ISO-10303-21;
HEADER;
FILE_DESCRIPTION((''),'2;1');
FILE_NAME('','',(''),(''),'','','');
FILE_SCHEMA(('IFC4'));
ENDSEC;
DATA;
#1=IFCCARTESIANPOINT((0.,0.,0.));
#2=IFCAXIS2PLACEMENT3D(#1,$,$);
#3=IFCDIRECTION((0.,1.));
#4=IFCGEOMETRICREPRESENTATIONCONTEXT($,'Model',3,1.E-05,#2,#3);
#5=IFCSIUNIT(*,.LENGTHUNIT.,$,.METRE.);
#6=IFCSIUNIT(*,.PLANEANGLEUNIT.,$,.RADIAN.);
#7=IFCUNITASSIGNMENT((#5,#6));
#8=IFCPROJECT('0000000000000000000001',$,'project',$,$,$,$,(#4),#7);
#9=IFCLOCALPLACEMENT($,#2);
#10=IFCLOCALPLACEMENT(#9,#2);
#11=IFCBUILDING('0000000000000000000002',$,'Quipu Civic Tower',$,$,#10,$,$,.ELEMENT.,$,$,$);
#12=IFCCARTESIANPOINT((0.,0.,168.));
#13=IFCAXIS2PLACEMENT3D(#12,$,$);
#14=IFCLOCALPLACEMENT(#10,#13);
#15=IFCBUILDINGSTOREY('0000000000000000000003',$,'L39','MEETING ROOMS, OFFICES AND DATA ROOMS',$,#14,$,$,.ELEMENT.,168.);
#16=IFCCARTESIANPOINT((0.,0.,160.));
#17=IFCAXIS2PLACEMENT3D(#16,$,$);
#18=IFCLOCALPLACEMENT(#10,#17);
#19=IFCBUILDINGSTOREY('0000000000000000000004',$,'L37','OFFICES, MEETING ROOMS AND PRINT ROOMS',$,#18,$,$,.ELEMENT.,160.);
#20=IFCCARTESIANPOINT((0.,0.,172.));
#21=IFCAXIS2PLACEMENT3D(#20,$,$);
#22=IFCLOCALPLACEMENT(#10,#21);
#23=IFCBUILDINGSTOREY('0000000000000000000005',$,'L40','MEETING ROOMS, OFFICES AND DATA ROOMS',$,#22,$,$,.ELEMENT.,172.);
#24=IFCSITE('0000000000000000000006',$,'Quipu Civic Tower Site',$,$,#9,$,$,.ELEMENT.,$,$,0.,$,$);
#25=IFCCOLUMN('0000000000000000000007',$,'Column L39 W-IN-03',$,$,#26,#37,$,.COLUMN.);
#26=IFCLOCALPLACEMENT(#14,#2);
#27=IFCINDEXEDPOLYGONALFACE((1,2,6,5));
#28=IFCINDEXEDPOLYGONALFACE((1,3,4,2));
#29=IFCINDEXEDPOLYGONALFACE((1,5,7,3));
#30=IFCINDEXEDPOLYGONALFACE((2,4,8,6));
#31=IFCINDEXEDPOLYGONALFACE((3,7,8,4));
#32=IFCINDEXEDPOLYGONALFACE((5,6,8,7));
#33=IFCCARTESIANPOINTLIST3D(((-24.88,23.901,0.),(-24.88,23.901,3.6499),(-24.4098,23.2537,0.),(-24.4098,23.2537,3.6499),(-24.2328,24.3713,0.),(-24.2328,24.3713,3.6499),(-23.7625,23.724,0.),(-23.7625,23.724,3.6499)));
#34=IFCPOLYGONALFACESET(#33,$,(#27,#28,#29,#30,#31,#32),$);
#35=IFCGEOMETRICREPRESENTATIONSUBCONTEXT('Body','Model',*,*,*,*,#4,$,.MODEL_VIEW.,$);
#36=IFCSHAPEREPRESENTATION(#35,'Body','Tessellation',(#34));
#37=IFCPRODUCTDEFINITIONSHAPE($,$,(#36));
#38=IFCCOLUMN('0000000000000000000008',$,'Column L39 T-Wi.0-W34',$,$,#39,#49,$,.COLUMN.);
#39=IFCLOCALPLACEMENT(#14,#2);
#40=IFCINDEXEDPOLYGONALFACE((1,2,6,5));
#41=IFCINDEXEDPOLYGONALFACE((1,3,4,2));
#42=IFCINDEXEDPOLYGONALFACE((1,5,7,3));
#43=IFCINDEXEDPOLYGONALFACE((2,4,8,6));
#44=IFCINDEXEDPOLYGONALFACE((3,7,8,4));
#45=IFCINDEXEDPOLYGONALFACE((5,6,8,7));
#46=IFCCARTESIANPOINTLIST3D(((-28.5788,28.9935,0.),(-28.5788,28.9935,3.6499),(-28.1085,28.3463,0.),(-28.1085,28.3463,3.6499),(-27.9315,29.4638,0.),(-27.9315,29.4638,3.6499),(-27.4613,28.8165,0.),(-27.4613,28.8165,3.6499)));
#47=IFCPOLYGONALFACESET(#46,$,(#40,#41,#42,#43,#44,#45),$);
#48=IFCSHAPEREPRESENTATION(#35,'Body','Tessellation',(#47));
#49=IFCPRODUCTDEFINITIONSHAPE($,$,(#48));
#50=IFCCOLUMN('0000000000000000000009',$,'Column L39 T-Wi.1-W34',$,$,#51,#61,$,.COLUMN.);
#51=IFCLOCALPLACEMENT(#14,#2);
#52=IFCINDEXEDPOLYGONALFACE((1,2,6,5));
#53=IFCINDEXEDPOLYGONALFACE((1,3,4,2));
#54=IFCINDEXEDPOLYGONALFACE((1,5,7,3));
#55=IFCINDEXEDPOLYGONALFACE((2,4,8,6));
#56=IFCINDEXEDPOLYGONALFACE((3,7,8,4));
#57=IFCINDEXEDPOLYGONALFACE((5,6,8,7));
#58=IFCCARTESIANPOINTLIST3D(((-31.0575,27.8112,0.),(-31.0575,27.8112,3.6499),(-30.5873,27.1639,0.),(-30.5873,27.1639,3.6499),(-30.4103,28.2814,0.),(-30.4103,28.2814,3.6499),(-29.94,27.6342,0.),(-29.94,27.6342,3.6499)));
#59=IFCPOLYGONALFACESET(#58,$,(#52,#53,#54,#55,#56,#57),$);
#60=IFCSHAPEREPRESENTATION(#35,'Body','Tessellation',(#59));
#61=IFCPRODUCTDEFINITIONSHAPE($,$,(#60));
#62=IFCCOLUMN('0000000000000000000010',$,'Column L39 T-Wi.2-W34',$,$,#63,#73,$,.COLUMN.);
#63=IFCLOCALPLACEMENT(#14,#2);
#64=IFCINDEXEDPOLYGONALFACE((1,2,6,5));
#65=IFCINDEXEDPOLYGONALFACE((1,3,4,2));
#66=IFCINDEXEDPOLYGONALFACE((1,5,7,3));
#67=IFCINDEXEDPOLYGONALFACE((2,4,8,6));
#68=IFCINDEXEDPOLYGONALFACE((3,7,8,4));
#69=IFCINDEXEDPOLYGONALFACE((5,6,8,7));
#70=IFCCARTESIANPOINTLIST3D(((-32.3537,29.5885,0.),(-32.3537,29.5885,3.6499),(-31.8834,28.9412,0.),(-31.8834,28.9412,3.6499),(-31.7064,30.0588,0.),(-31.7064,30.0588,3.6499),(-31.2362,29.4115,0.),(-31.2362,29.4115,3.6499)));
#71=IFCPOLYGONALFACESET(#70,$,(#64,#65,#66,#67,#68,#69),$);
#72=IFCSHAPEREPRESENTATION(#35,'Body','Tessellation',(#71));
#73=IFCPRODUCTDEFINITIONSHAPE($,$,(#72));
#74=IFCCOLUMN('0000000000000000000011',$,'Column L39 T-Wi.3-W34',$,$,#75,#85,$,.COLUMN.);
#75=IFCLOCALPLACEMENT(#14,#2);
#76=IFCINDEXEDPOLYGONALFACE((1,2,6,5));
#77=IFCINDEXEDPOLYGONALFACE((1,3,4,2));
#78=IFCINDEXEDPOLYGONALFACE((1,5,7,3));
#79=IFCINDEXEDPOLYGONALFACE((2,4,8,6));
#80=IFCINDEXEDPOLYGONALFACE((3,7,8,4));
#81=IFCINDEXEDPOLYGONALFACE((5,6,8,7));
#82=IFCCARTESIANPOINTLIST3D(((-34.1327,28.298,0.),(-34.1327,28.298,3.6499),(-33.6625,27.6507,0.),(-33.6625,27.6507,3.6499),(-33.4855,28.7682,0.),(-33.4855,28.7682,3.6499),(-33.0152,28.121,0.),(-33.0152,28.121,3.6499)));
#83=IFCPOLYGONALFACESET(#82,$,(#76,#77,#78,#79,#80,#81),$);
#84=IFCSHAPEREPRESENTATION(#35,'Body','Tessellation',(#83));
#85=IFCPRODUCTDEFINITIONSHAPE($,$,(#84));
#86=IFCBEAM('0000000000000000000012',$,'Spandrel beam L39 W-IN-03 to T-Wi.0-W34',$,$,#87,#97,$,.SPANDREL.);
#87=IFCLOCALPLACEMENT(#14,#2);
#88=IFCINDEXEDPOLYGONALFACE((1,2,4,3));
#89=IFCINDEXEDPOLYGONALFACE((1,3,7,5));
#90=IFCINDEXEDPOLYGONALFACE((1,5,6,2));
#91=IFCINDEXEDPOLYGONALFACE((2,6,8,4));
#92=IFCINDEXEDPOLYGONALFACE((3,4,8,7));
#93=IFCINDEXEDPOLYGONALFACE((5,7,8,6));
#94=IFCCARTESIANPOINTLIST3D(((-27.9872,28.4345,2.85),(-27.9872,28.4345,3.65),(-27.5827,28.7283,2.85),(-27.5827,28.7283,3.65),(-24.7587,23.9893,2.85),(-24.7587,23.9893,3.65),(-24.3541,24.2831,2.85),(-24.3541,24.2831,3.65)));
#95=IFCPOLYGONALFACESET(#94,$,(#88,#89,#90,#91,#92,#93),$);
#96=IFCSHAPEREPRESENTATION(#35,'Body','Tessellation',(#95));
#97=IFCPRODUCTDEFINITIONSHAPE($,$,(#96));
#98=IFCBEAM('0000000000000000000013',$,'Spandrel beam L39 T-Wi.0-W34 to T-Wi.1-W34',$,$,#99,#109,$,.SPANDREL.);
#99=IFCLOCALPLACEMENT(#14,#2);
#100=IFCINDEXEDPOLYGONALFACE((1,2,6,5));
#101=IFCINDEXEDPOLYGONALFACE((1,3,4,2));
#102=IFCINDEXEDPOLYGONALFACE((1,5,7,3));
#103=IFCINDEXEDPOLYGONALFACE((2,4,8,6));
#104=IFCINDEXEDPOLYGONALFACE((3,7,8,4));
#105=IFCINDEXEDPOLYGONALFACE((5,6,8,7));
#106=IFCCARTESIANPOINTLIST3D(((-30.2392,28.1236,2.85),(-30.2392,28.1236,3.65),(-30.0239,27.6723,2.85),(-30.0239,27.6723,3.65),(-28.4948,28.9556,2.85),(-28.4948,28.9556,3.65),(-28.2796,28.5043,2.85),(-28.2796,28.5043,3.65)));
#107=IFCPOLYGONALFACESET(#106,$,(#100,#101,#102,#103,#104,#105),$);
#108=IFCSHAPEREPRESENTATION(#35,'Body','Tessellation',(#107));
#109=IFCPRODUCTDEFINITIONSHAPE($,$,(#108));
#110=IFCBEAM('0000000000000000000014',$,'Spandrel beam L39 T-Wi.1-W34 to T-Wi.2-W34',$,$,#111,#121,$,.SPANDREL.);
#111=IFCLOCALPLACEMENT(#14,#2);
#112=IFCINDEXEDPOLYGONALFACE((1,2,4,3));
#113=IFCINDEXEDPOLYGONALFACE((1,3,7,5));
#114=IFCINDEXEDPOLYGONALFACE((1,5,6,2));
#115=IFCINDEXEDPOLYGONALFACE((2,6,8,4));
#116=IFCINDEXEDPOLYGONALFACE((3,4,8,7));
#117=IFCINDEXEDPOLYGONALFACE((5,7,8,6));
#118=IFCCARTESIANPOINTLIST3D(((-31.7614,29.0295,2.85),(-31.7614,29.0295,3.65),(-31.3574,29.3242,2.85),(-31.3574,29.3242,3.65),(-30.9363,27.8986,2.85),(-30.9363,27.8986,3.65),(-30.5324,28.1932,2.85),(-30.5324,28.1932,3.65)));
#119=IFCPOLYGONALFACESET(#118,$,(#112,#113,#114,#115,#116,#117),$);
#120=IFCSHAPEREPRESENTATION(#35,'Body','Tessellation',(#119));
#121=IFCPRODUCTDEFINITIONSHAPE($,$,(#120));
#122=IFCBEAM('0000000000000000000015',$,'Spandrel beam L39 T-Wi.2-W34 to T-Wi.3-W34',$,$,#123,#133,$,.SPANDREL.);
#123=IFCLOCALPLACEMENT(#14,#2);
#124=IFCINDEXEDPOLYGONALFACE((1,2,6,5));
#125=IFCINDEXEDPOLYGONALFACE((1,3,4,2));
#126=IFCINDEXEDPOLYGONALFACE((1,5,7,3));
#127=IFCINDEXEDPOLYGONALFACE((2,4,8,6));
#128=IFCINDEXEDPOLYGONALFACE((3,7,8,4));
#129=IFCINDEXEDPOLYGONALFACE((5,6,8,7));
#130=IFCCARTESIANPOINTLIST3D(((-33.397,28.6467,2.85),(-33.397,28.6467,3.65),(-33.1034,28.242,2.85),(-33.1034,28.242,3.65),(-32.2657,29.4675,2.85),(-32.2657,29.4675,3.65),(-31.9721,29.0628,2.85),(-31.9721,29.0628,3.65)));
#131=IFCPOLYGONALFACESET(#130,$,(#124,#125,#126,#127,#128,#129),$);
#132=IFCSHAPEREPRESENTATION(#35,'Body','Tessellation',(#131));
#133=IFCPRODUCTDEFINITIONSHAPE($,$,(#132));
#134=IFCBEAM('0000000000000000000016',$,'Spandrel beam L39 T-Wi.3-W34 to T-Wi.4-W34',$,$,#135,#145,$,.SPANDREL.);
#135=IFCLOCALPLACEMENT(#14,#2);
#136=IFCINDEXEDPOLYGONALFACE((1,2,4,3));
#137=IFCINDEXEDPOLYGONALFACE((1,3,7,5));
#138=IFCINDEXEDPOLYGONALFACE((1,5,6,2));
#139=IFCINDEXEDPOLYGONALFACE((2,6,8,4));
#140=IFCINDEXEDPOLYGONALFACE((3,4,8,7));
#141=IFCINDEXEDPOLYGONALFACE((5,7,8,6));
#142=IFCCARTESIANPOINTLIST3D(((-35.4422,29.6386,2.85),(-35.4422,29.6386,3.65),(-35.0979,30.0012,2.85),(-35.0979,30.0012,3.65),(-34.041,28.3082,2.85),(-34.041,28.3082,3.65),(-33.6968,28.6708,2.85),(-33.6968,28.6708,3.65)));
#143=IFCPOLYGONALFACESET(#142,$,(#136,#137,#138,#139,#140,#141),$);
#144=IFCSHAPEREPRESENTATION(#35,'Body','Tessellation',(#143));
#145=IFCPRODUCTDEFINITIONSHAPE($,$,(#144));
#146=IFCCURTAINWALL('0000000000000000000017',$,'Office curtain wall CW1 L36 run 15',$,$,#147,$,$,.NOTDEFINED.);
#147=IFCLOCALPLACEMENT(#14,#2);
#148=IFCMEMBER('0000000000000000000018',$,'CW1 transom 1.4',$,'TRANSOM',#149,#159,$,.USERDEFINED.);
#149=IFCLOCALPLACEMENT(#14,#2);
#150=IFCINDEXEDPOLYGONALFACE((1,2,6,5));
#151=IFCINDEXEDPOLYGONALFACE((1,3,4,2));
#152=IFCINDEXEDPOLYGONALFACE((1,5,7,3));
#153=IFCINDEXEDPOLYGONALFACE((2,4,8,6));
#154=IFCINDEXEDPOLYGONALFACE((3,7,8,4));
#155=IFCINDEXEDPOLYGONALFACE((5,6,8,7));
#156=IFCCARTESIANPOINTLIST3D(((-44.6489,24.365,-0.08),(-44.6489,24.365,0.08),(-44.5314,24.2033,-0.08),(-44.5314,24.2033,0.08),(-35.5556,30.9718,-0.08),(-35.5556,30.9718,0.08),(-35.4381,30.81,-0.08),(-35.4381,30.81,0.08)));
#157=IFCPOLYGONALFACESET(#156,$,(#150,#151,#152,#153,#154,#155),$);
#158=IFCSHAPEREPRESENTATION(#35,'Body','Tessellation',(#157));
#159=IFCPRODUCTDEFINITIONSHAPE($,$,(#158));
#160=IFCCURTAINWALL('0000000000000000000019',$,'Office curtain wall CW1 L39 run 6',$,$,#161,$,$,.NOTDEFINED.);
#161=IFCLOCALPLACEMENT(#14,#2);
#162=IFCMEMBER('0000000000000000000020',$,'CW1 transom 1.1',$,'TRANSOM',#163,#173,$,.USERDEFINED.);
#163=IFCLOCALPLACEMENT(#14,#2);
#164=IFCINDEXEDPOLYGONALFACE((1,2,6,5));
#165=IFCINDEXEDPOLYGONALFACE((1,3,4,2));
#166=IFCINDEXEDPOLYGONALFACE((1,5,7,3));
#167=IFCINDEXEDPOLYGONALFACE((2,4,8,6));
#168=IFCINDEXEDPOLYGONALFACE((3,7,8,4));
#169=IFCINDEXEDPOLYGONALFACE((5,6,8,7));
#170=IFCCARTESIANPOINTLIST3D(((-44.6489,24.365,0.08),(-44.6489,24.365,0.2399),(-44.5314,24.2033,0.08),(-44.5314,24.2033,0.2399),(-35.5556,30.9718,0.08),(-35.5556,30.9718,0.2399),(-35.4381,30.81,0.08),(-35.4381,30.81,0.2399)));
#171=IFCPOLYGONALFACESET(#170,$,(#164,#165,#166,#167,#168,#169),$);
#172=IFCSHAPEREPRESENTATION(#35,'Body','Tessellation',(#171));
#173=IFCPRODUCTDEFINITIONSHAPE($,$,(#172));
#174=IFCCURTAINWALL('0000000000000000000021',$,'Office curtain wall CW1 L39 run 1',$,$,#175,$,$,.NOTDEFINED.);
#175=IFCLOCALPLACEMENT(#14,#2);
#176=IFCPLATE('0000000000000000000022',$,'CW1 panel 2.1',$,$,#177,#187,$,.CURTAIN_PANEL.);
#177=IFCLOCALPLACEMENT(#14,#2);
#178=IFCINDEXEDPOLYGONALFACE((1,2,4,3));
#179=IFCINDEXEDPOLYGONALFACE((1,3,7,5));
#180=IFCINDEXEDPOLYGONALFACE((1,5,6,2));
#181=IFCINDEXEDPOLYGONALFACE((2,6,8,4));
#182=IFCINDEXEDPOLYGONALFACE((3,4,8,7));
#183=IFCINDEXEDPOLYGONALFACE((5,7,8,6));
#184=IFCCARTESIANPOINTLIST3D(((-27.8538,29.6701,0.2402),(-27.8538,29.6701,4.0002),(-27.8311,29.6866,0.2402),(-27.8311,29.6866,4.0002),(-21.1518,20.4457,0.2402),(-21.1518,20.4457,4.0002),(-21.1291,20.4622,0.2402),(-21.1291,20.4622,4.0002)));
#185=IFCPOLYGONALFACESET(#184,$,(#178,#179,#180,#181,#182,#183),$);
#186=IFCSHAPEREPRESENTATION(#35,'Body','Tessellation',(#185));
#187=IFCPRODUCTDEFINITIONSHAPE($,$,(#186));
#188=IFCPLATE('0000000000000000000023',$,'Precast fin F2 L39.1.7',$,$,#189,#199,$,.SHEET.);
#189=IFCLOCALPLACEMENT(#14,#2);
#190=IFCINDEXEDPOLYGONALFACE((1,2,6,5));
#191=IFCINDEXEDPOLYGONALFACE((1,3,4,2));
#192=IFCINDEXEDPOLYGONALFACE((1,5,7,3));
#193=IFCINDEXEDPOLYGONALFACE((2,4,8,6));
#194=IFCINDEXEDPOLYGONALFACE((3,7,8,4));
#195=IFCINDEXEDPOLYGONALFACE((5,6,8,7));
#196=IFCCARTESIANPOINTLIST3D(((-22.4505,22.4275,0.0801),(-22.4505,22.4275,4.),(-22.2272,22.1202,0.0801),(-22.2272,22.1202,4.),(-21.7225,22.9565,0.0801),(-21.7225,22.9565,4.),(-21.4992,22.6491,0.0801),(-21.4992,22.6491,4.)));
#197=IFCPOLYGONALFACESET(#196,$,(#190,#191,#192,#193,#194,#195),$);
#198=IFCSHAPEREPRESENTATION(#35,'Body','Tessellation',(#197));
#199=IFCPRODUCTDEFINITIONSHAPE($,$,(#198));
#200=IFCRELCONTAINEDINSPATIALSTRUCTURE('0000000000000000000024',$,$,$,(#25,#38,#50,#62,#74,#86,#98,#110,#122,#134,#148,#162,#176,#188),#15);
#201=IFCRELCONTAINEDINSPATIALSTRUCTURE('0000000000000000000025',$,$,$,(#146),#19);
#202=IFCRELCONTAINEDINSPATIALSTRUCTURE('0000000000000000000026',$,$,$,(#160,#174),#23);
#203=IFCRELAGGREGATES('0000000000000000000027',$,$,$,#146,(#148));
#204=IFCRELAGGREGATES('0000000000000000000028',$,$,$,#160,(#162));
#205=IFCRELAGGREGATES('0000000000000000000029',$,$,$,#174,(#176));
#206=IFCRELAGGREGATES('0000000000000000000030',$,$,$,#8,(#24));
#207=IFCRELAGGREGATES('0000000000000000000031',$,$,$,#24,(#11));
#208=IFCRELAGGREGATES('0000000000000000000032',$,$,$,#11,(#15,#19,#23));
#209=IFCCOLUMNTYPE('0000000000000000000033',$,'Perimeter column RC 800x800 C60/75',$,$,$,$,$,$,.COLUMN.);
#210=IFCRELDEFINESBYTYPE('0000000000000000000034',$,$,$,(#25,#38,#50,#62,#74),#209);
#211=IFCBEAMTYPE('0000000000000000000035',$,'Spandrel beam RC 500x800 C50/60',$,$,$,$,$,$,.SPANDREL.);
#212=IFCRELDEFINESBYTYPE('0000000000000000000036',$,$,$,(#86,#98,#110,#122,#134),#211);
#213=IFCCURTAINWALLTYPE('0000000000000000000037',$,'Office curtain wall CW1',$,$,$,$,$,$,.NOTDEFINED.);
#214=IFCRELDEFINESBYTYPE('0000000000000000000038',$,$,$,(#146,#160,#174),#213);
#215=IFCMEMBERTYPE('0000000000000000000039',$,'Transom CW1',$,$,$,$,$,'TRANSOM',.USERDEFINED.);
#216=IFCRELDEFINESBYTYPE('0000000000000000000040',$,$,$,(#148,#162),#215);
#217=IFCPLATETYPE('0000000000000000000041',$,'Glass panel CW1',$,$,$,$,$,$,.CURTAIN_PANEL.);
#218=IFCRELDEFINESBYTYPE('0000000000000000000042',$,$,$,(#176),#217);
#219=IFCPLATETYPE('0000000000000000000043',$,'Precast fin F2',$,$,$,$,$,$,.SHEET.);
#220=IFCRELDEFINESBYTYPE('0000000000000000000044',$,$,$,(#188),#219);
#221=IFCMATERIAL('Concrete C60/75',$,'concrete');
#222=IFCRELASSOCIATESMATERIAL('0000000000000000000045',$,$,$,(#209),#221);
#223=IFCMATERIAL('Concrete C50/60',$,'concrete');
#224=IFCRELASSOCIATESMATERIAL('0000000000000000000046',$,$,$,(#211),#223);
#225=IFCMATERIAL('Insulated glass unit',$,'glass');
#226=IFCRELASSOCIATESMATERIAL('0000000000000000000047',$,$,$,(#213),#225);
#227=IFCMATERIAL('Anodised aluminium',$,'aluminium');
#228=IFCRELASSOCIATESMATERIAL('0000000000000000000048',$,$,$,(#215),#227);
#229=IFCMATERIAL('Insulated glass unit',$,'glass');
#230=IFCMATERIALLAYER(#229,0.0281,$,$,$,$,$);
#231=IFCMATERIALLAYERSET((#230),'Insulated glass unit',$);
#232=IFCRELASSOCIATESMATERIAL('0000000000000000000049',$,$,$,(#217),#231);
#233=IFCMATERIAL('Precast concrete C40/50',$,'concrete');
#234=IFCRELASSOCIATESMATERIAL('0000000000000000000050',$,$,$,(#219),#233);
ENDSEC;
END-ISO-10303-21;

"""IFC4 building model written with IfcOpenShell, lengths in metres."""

from ifc_helpers import new_model, si_unit, direction, frame, origin, origin_2d, place, context, subcontext, project, spatial, rectangle, extrude, material, layer, layer_set, material_profile, profile_set, type_object, element, aggregate, save


model = new_model("IFC4")

# Units and contexts
model_context = context("Model", 3, precision=1e-05, world=origin(), true_north=direction((0.0, 1.0)))
body_context = subcontext(model_context, "Body", "Model", "MODEL_VIEW")
ifc_project = project(units=[si_unit("LENGTHUNIT", "METRE"), si_unit("PLANEANGLEUNIT", "RADIAN")], contexts=[model_context])

# Site, building, storey
site_placement = place(None, origin())
site = spatial("IfcSite", under=ifc_project, at=site_placement, Name="Quipu Civic Tower Site", CompositionType="ELEMENT", RefElevation=0.0)
building_placement = place(site_placement, origin())
building = spatial("IfcBuilding", under=site, at=building_placement, Name="Quipu Civic Tower", CompositionType="ELEMENT")
storey_1_placement = place(building_placement, frame((0.0, 0.0, 168.0)))
storey_1 = spatial("IfcBuildingStorey", under=building, at=storey_1_placement, Name="L39", Description="MEETING ROOMS, OFFICES AND DATA ROOMS", CompositionType="ELEMENT", Elevation=168.0)

# Columns
ifc_material_1 = material(Name="Concrete C60/75", Category="concrete")
ifc_material_profile_1 = material_profile(ifc_material_1, rectangle(XDim=0.8, YDim=0.8, at=origin_2d()), Name="RC800x800")
ifc_profile_set_1 = profile_set([ifc_material_profile_1], Name="Concrete C60/75")
column_type = type_object("IfcColumnType", Name="Perimeter column RC 800x800 C60/75", PredefinedType="COLUMN", material=ifc_profile_set_1)
for number, where, z_axis, x_axis, name in (
    (1, (-24.3213, 23.8125, 0.0), (0.0, 0.0, 1.0), (-0.587785, 0.809017, 0.0), "Column L39 W-IN-03"),
    (2, (-28.02, 28.905, 0.0), (0.0, 0.0, 1.0), (-0.809017, -0.587785, 0.0), "Column L39 T-Wi.0-W34"),
    (3, (-30.4988, 27.7227, 0.0), (0.0, 0.0, 1.0), (-0.809017, -0.587785, 0.0), "Column L39 T-Wi.1-W34"),
    (4, (-31.7949, 29.5, 0.0), (0.0, 0.0, 1.0), (-0.587785, 0.809017, 0.0), "Column L39 T-Wi.2-W34"),
    (5, (-33.574, 28.2095, 0.0), (0.0, 0.0, 1.0), (-0.587785, 0.809017, 0.0), "Column L39 T-Wi.3-W34"),
):
    element("IfcColumn", number, at=place(storey_1_placement, frame(where, z_axis=z_axis, x_axis=x_axis)), inside=storey_1, type_object=column_type, Name=name, PredefinedType="COLUMN", context=body_context, shape_type="SweptSolid", body=[
        extrude(rectangle(XDim=0.8, YDim=0.8, at=origin_2d()), origin(), (0.0, 0.0, 1.0), 3.6499),
    ])

# Beams
ifc_material_2 = material(Name="Concrete C50/60", Category="concrete")
ifc_material_profile_2 = material_profile(ifc_material_2, rectangle(XDim=0.5, YDim=0.8, at=origin_2d()), Name="RC500x800")
ifc_profile_set_2 = profile_set([ifc_material_profile_2], Name="Concrete C50/60")
beam_type = type_object("IfcBeamType", Name="Spandrel beam RC 500x800 C50/60", PredefinedType="SPANDREL", material=ifc_profile_set_2)
beam_1_placement = place(storey_1_placement, frame((-24.5564, 24.1362, 3.25), z_axis=(-0.587664, 0.809105, 0.0), x_axis=(-0.809105, -0.587664, 0.0)))
element("IfcBeam", 6, at=beam_1_placement, inside=storey_1, type_object=beam_type, Name="Spandrel beam L39 W-IN-03 to T-Wi.0-W34", PredefinedType="SPANDREL", context=body_context, shape_type="SweptSolid", body=[
    extrude(rectangle(XDim=0.5, YDim=0.8, at=origin_2d()), origin(), (0.0, 0.0, 1.0), 5.4939),
])
beam_2_placement = place(storey_1_placement, frame((-28.3872, 28.73, 3.25), z_axis=(-0.902585, -0.430512, 0.0), x_axis=(0.430512, -0.902585, 0.0)))
element("IfcBeam", 7, at=beam_2_placement, inside=storey_1, type_object=beam_type, Name="Spandrel beam L39 T-Wi.0-W34 to T-Wi.1-W34", PredefinedType="SPANDREL", context=body_context, shape_type="SweptSolid", body=[
    extrude(rectangle(XDim=0.5, YDim=0.8, at=origin_2d()), origin(), (0.0, 0.0, 1.0), 1.9326),
])
beam_3_placement = place(storey_1_placement, frame((-30.7344, 28.0459, 3.25), z_axis=(-0.589343, 0.807883, 0.0), x_axis=(-0.807883, -0.589343, 0.0)))
element("IfcBeam", 8, at=beam_3_placement, inside=storey_1, type_object=beam_type, Name="Spandrel beam L39 T-Wi.1-W34 to T-Wi.2-W34", PredefinedType="SPANDREL", context=body_context, shape_type="SweptSolid", body=[
    extrude(rectangle(XDim=0.5, YDim=0.8, at=origin_2d()), origin(), (0.0, 0.0, 1.0), 1.3999),
])
beam_4_placement = place(storey_1_placement, frame((-32.1189, 29.2651, 3.25), z_axis=(-0.809415, -0.587237, 0.0), x_axis=(0.587237, -0.809415, 0.0)))
element("IfcBeam", 9, at=beam_4_placement, inside=storey_1, type_object=beam_type, Name="Spandrel beam L39 T-Wi.2-W34 to T-Wi.3-W34", PredefinedType="SPANDREL", context=body_context, shape_type="SweptSolid", body=[
    extrude(rectangle(XDim=0.5, YDim=0.8, at=origin_2d()), origin(), (0.0, 0.0, 1.0), 1.3977),
])
beam_5_placement = place(storey_1_placement, frame((-33.8689, 28.4895, 3.25), z_axis=(-0.725192, 0.688547, 0.0), x_axis=(-0.688547, -0.725192, 0.0)))
element("IfcBeam", 10, at=beam_5_placement, inside=storey_1, type_object=beam_type, Name="Spandrel beam L39 T-Wi.3-W34 to T-Wi.4-W34", PredefinedType="SPANDREL", context=body_context, shape_type="SweptSolid", body=[
    extrude(rectangle(XDim=0.5, YDim=0.8, at=origin_2d()), origin(), (0.0, 0.0, 1.0), 1.9321),
])

# Shared definitions
storey_2_placement = place(building_placement, frame((0.0, 0.0, 160.0)))
storey_2 = spatial("IfcBuildingStorey", under=building, at=storey_2_placement, Name="L37", Description="OFFICES, MEETING ROOMS AND PRINT ROOMS", CompositionType="ELEMENT", Elevation=160.0)

# Curtain wall, member
ifc_material_3 = material(Name="Insulated glass unit", Category="glass")
curtain_wall_type = type_object("IfcCurtainWallType", Name="Office curtain wall CW1", PredefinedType="NOTDEFINED", material=ifc_material_3)
curtain_wall_1_placement = place(storey_2_placement, origin())
curtain_wall_1 = element("IfcCurtainWall", 11, at=curtain_wall_1_placement, inside=storey_2, type_object=curtain_wall_type, Name="Office curtain wall CW1 L36 run 15", PredefinedType="NOTDEFINED")
ifc_material_4 = material(Name="Anodised aluminium", Category="aluminium")
ifc_material_profile_3 = material_profile(ifc_material_4, rectangle(XDim=0.2, YDim=0.1599, at=origin_2d()), Name="RECT 200x160")
ifc_profile_set_3 = profile_set([ifc_material_profile_3], Name="Anodised aluminium")
member_type = type_object("IfcMemberType", Name="Transom CW1", ElementType="TRANSOM", PredefinedType="USERDEFINED", material=ifc_profile_set_3)
member_1_placement = place(storey_1_placement, frame((-35.4968, 30.8909, 0.0), z_axis=(-0.809015, -0.587788, 0.0), x_axis=(0.587788, -0.809015, 0.0)))
member_1 = element("IfcMember", 12, at=member_1_placement, inside=storey_1, type_object=member_type, Name="CW1 transom 1.4", ObjectType="TRANSOM", PredefinedType="USERDEFINED", context=body_context, shape_type="SweptSolid", body=[
    extrude(rectangle(XDim=0.2, YDim=0.1599, at=origin_2d()), origin(), (0.0, 0.0, 1.0), 11.24),
])
aggregate(curtain_wall_1, [member_1])

# Shared definitions
storey_3_placement = place(building_placement, frame((0.0, 0.0, 172.0)))
storey_3 = spatial("IfcBuildingStorey", under=building, at=storey_3_placement, Name="L40", Description="MEETING ROOMS, OFFICES AND DATA ROOMS", CompositionType="ELEMENT", Elevation=172.0)

# Curtain wall, member
curtain_wall_2_placement = place(storey_3_placement, origin())
curtain_wall_2 = element("IfcCurtainWall", 13, at=curtain_wall_2_placement, inside=storey_3, type_object=curtain_wall_type, Name="Office curtain wall CW1 L39 run 6", PredefinedType="NOTDEFINED")
member_2_placement = place(storey_1_placement, frame((-35.4968, 30.8909, 0.1599), z_axis=(-0.809015, -0.587788, 0.0), x_axis=(0.587788, -0.809015, 0.0)))
member_2 = element("IfcMember", 14, at=member_2_placement, inside=storey_1, type_object=member_type, Name="CW1 transom 1.1", ObjectType="TRANSOM", PredefinedType="USERDEFINED", context=body_context, shape_type="SweptSolid", body=[
    extrude(rectangle(XDim=0.2, YDim=0.1599, at=origin_2d()), origin(), (0.0, 0.0, 1.0), 11.24),
])
aggregate(curtain_wall_2, [member_2])

# Curtain wall, plate
curtain_wall_3_placement = place(storey_3_placement, origin())
curtain_wall_3 = element("IfcCurtainWall", 15, at=curtain_wall_3_placement, inside=storey_3, type_object=curtain_wall_type, Name="Office curtain wall CW1 L39 run 1", PredefinedType="NOTDEFINED")
ifc_material_5 = material(Name="Insulated glass unit", Category="glass")
ifc_layer_1 = layer(ifc_material_5, 0.0281)
ifc_layer_set_1 = layer_set([ifc_layer_1], Name="Insulated glass unit")
plate_type_1 = type_object("IfcPlateType", Name="Glass panel CW1", PredefinedType="CURTAIN_PANEL", material=ifc_layer_set_1)
plate_placement = place(storey_1_placement, frame((-24.4915, 25.0662, 0.2402), z_axis=(0.0, 0.0, 1.0), x_axis=(-0.587789, 0.809014, 0.0)))
plate = element("IfcPlate", 16, at=plate_placement, inside=storey_1, type_object=plate_type_1, Name="CW1 panel 2.1", PredefinedType="CURTAIN_PANEL", context=body_context, shape_type="SweptSolid", body=[
    extrude(rectangle(XDim=11.4021, YDim=0.0281, at=origin_2d()), origin(), (0.0, 0.0, 1.0), 3.76),
])
aggregate(curtain_wall_3, [plate])

# Plate
ifc_material_6 = material(Name="Precast concrete C40/50", Category="concrete")
plate_type_2 = type_object("IfcPlateType", Name="Precast fin F2", PredefinedType="SHEET", material=ifc_material_6)
for number, where, z_axis, x_axis, name in (
    (17, (-21.9749, 22.5383, 0.0801), (0.0, 0.0, 1.0), (-0.587787, 0.809016, 0.0), "Precast fin F2 L39.1.7"),
):
    element("IfcPlate", number, at=place(storey_1_placement, frame(where, z_axis=z_axis, x_axis=x_axis)), inside=storey_1, type_object=plate_type_2, Name=name, PredefinedType="SHEET", context=body_context, shape_type="SweptSolid", body=[
        extrude(rectangle(XDim=0.3799, YDim=0.8999, at=origin_2d()), origin(), (0.0, 0.0, 1.0), 3.9199),
    ])

save(model, "model.ifc")
